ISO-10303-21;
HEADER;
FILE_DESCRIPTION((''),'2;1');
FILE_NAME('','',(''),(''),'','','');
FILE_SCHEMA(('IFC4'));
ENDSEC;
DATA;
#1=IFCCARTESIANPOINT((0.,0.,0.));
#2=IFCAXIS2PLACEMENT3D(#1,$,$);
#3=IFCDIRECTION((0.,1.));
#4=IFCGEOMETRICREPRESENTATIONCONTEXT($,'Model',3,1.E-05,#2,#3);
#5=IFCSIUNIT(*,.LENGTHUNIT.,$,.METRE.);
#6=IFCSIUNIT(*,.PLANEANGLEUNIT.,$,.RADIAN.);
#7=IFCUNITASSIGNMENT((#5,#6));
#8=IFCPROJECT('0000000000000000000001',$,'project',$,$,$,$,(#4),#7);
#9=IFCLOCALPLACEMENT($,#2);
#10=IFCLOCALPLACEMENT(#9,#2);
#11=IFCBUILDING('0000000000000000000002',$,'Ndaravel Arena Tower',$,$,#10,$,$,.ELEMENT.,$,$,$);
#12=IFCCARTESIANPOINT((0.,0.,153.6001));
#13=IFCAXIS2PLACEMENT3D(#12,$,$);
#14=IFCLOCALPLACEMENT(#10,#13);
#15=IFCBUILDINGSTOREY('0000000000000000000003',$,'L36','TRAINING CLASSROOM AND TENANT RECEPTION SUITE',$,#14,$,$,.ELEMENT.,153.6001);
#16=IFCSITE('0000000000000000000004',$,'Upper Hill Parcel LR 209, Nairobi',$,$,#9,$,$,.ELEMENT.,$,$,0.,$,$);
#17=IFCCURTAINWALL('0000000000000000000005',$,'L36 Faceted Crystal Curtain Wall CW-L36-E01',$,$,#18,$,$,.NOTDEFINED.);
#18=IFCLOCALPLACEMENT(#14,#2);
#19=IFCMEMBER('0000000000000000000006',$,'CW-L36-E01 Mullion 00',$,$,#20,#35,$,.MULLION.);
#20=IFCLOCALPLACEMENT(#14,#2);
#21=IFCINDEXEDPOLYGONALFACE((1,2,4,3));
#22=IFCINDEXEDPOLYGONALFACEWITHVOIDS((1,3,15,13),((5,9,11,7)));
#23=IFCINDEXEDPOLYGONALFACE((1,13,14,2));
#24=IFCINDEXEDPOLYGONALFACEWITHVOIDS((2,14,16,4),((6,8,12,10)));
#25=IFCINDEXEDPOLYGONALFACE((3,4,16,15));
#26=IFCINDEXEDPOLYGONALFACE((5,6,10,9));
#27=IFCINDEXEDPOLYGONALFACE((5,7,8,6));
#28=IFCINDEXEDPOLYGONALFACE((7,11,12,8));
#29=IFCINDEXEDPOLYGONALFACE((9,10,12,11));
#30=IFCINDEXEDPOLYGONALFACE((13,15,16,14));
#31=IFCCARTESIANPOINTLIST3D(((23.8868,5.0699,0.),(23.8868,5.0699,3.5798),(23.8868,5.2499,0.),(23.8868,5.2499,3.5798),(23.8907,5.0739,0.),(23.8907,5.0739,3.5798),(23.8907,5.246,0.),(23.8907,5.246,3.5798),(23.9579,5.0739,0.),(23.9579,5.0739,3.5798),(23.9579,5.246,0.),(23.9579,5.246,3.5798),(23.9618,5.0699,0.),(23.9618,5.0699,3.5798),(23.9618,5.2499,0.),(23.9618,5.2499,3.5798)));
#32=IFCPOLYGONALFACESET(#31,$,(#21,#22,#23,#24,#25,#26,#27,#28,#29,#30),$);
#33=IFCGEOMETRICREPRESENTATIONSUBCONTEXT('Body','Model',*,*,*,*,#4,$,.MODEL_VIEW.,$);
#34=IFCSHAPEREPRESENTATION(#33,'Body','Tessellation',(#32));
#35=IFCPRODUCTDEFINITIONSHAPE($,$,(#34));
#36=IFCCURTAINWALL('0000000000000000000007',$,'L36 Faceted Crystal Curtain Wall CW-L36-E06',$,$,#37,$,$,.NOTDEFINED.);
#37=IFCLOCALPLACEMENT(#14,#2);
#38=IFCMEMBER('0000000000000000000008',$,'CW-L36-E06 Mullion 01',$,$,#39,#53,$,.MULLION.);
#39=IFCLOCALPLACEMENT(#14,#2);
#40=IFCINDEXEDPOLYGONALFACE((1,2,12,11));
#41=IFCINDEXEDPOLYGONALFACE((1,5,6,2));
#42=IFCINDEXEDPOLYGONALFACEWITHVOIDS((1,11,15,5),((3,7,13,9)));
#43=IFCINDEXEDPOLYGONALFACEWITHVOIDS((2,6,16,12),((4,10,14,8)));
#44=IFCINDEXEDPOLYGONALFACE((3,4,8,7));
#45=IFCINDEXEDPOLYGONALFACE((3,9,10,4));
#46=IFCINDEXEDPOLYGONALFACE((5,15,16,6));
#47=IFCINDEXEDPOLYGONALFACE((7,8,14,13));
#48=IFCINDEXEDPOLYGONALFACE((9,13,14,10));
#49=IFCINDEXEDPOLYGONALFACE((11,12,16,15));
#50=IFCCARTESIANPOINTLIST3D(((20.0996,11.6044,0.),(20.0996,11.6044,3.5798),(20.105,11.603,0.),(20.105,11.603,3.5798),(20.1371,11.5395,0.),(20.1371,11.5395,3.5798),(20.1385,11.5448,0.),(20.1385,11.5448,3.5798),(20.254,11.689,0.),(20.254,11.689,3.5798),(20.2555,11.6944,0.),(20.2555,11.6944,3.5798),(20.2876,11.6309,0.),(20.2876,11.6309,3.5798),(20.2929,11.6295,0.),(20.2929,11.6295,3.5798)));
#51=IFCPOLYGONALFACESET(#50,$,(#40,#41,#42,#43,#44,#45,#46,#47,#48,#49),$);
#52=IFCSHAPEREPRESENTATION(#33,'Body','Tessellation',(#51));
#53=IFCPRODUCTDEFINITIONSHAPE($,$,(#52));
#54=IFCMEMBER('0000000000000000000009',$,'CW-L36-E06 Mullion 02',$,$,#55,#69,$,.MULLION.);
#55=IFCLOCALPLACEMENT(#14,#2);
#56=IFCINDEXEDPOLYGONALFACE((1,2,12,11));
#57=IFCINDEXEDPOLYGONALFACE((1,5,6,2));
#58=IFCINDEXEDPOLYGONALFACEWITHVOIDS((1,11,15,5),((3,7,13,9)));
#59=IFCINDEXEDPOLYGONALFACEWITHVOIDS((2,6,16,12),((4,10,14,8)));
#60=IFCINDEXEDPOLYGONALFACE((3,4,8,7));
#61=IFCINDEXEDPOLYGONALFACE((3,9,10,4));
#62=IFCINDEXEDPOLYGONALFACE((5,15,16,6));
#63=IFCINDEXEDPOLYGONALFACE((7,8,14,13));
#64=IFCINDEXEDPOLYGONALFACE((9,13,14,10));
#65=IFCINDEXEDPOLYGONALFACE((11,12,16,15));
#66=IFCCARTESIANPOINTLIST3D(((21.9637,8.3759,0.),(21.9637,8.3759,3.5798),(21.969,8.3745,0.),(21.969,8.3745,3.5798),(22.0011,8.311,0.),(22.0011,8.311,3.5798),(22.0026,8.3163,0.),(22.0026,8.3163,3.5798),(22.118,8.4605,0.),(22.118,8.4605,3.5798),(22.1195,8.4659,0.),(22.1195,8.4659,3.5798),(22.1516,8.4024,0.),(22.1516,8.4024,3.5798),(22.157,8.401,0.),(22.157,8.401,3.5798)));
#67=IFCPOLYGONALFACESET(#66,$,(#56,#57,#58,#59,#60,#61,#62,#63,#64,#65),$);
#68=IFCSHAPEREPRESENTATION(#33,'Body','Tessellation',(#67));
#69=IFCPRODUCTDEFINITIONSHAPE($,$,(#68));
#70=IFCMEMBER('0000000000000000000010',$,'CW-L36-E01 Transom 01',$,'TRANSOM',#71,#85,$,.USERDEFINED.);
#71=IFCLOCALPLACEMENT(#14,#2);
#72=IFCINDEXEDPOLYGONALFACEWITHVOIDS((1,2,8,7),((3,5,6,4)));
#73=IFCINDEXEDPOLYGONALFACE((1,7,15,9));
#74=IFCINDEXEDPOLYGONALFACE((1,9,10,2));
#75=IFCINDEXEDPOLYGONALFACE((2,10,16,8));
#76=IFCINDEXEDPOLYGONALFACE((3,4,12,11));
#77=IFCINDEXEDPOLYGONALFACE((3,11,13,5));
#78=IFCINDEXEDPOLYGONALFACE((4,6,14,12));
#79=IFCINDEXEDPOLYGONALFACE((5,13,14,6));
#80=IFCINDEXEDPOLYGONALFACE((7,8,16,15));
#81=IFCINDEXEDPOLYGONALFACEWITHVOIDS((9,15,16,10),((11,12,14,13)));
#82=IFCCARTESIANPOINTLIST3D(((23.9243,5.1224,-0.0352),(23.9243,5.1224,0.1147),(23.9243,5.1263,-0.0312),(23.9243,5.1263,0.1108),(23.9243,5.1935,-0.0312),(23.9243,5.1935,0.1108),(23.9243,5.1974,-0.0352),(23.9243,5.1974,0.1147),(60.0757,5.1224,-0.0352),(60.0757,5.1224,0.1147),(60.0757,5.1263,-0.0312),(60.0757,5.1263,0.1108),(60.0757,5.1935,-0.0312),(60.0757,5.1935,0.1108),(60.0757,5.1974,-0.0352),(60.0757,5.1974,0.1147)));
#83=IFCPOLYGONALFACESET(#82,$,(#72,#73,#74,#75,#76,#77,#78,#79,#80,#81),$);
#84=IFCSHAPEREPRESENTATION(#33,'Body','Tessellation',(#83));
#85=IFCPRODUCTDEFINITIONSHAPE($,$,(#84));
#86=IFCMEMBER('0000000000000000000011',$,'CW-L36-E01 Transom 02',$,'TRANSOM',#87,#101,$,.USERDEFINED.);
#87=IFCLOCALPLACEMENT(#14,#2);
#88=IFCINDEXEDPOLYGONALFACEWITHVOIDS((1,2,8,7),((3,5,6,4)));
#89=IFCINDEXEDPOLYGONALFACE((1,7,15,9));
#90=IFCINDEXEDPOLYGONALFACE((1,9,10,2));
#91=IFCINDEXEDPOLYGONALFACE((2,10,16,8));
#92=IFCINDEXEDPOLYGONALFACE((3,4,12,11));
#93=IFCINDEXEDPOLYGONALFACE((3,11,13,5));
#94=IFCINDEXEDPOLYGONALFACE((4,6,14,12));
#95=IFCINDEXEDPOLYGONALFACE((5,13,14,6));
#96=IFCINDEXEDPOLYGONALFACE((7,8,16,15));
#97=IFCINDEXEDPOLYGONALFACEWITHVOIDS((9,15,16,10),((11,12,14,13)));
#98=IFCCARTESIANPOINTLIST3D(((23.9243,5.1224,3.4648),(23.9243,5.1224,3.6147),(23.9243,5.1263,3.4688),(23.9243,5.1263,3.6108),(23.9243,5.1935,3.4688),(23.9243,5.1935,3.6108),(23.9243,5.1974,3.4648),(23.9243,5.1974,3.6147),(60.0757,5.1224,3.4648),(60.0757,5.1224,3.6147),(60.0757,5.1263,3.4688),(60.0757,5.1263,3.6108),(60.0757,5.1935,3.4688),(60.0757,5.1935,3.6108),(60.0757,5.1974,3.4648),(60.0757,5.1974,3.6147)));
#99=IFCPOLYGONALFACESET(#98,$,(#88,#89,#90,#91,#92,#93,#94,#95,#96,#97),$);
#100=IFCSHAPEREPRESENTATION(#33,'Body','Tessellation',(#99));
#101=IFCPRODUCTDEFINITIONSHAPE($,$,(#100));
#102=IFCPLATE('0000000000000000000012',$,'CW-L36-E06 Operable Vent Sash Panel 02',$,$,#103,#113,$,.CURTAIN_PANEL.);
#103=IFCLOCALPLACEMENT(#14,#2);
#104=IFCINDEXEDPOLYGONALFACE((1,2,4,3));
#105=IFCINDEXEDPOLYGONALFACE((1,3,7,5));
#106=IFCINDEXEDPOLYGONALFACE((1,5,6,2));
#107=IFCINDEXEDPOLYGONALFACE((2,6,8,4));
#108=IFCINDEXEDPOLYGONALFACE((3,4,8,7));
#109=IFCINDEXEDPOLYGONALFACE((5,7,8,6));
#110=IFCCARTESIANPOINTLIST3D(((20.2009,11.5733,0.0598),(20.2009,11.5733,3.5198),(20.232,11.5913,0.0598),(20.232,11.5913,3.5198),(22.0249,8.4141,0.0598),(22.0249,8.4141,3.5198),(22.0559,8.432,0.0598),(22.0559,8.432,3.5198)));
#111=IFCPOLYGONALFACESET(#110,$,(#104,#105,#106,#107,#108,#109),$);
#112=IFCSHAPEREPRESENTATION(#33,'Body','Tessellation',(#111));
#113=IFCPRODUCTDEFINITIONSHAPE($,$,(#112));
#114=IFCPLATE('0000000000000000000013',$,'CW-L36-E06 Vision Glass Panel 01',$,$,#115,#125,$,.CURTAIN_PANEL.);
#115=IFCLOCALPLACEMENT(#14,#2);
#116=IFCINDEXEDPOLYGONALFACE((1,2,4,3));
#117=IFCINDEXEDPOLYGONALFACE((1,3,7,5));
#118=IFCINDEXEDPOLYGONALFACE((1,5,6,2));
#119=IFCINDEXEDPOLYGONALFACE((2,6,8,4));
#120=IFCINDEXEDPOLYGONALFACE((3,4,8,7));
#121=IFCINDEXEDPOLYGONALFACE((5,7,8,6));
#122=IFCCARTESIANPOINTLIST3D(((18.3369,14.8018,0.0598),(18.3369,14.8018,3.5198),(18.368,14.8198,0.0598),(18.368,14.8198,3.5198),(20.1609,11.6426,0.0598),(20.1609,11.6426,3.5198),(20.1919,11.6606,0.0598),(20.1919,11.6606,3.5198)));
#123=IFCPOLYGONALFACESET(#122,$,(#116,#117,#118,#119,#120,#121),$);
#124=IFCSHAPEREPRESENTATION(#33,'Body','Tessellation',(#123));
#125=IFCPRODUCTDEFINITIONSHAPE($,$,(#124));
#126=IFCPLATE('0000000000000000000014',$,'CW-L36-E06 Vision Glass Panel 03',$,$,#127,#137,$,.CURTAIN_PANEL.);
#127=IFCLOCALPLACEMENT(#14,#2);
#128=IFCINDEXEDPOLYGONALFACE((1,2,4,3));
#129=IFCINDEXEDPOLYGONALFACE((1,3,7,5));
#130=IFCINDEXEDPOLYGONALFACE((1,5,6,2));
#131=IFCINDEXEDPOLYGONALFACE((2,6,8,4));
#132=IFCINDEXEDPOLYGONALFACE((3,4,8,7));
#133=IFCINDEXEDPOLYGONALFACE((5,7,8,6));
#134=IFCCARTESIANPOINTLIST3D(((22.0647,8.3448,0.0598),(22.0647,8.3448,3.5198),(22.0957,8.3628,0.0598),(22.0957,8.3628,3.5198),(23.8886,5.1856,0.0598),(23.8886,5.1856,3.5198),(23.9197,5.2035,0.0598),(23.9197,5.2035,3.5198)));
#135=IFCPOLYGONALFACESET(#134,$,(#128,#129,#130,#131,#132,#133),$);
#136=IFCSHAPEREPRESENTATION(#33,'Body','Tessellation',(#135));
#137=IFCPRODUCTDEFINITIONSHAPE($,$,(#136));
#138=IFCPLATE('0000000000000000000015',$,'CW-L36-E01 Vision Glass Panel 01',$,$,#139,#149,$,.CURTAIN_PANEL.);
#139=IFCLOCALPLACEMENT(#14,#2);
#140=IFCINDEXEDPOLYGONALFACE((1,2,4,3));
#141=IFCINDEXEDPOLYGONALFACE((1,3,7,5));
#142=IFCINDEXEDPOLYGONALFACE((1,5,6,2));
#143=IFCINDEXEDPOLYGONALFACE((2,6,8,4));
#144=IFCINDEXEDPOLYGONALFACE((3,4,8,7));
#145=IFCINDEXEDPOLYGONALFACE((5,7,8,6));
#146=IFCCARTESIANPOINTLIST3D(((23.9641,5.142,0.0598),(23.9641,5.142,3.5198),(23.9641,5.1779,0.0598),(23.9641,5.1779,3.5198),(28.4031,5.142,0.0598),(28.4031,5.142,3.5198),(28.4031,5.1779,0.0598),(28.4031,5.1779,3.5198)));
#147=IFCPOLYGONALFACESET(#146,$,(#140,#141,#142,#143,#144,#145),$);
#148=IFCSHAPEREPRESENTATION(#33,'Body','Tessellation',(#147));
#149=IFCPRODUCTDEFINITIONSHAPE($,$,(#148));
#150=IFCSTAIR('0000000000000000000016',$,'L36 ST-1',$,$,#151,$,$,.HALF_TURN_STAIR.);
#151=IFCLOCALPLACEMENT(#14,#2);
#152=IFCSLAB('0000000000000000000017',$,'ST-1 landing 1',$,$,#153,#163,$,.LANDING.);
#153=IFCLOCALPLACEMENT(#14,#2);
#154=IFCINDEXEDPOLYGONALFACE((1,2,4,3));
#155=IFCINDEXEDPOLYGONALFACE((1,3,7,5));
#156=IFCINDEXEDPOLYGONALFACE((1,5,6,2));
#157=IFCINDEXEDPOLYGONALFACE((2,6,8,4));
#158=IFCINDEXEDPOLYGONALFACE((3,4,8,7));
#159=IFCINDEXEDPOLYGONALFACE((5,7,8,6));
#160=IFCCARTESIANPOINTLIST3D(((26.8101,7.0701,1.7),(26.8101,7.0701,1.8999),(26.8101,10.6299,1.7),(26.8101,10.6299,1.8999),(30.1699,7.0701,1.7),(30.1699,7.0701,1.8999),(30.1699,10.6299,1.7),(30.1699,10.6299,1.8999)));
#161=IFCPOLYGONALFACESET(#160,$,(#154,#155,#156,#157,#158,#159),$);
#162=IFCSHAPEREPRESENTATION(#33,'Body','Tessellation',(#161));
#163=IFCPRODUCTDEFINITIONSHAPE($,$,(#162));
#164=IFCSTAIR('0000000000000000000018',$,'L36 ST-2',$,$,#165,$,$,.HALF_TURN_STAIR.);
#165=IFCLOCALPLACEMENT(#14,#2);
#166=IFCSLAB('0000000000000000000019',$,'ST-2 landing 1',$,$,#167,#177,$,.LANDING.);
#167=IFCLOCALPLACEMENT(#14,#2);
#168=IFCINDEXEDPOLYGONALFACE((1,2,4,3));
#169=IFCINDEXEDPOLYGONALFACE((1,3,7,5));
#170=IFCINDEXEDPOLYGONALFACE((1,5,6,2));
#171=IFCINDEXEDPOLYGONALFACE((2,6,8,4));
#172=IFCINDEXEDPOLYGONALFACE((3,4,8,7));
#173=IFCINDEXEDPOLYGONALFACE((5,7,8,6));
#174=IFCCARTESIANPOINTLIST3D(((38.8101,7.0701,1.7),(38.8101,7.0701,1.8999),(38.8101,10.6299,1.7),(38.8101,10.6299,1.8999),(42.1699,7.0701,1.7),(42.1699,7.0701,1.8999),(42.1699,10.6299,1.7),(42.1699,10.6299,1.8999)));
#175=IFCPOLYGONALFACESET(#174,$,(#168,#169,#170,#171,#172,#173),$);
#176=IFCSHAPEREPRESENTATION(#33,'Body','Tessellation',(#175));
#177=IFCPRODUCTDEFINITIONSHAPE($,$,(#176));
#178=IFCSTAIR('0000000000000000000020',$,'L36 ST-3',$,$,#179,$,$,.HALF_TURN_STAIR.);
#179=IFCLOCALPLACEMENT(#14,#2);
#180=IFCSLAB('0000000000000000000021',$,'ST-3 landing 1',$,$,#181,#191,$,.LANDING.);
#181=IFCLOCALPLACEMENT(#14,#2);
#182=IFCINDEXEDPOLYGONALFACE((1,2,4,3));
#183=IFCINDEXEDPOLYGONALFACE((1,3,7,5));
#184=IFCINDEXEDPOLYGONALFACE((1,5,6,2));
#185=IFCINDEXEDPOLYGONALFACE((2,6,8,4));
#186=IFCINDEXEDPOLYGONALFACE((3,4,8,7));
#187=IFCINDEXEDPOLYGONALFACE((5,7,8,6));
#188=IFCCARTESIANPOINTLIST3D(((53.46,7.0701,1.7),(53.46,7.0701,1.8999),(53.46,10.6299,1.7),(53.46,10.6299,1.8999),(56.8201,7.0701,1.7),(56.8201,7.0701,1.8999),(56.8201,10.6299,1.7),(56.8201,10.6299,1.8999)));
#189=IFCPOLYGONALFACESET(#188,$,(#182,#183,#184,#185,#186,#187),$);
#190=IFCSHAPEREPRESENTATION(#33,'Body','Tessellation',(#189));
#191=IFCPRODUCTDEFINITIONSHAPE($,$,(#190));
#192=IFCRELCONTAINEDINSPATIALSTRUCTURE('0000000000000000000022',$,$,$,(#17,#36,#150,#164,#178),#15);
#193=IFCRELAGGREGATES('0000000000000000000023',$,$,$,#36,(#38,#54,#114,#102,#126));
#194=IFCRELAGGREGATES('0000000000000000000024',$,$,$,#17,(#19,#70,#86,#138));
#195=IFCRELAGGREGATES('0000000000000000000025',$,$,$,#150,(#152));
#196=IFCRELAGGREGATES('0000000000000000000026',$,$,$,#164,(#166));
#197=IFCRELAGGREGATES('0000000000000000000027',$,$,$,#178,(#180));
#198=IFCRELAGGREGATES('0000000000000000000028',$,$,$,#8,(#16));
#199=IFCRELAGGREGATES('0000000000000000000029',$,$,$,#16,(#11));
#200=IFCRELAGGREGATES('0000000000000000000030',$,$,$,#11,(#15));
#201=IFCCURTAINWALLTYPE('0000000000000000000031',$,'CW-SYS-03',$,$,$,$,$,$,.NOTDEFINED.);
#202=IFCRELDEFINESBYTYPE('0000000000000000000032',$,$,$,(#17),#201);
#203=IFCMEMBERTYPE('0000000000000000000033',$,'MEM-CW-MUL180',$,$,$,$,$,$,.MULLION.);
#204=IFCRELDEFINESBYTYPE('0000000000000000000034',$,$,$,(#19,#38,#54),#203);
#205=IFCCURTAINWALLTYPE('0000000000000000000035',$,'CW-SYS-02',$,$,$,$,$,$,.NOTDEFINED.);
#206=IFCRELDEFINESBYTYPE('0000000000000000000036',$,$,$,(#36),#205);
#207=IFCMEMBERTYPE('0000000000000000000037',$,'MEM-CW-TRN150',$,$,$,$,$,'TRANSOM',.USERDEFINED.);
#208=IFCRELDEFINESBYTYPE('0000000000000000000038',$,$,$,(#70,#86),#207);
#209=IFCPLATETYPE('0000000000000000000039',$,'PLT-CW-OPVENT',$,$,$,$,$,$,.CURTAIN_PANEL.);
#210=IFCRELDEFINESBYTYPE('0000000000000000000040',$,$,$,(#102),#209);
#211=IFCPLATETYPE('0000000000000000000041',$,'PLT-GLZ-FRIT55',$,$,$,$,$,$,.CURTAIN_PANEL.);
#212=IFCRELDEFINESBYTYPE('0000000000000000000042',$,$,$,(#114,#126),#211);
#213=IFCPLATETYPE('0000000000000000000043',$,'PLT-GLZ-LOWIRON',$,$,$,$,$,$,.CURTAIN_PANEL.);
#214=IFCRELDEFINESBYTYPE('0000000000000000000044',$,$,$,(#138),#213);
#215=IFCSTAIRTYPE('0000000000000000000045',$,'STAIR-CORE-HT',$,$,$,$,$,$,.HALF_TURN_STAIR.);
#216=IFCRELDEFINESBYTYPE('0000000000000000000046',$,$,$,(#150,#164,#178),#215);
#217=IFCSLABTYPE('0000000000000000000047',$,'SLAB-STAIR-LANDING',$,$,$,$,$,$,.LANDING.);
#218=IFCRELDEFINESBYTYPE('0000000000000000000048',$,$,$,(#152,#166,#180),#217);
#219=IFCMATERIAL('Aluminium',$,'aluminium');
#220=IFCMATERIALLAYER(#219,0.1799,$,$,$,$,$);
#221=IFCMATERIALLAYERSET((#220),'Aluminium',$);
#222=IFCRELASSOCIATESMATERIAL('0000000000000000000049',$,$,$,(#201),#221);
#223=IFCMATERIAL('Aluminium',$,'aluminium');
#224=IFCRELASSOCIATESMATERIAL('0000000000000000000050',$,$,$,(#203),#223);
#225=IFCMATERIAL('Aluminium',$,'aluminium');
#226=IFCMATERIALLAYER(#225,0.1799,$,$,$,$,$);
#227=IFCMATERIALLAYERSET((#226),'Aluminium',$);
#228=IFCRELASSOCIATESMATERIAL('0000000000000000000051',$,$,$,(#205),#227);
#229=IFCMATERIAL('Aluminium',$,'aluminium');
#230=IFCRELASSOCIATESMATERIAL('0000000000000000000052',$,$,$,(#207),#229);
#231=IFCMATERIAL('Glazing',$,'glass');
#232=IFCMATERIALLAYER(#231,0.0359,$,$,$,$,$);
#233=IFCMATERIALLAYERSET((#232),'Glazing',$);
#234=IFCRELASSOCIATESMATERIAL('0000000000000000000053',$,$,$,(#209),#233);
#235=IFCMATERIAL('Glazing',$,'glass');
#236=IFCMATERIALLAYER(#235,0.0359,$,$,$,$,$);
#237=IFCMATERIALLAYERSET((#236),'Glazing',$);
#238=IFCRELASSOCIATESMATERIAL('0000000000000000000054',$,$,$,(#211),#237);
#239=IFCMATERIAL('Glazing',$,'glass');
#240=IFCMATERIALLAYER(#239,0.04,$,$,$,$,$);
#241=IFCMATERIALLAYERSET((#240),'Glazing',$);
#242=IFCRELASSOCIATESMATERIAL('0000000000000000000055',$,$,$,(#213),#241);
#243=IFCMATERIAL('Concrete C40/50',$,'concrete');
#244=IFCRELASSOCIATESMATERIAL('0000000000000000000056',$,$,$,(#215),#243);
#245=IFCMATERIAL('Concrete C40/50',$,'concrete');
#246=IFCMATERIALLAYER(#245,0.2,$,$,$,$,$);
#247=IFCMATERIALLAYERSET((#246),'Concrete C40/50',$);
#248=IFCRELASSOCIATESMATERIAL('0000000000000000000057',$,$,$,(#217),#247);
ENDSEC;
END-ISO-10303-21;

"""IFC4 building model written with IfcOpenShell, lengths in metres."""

from ifc_helpers import new_model, si_unit, direction, frame, origin, origin_2d, place, context, subcontext, project, spatial, polyline, rectangle, hollow_rectangle, outline, extrude, material, layer, layer_set, material_profile, profile_set, type_object, element, aggregate, save


model = new_model("IFC4")

# Units and contexts
model_context = context("Model", 3, precision=1e-05, world=origin(), true_north=direction((0.0, 1.0)))
body_context = subcontext(model_context, "Body", "Model", "MODEL_VIEW")
ifc_project = project(units=[si_unit("LENGTHUNIT", "METRE"), si_unit("PLANEANGLEUNIT", "RADIAN")], contexts=[model_context])

# Site, building, storey
site_placement = place(None, origin())
site = spatial("IfcSite", under=ifc_project, at=site_placement, Name="Upper Hill Parcel LR 209, Nairobi", CompositionType="ELEMENT", RefElevation=0.0)
building_placement = place(site_placement, origin())
building = spatial("IfcBuilding", under=site, at=building_placement, Name="Ndaravel Arena Tower", CompositionType="ELEMENT")
storey_placement = place(building_placement, frame((0.0, 0.0, 153.6001)))
storey = spatial("IfcBuildingStorey", under=building, at=storey_placement, Name="L36", Description="TRAINING CLASSROOM AND TENANT RECEPTION SUITE", CompositionType="ELEMENT", Elevation=153.6001)

# Curtain wall, member
ifc_material_1 = material(Name="Aluminium", Category="aluminium")
ifc_layer_1 = layer(ifc_material_1, 0.1799)
ifc_layer_set_1 = layer_set([ifc_layer_1], Name="Aluminium")
curtain_wall_type_1 = type_object("IfcCurtainWallType", Name="CW-SYS-03", PredefinedType="NOTDEFINED", material=ifc_layer_set_1)
curtain_wall_1_placement = place(storey_placement, origin())
curtain_wall_1 = element("IfcCurtainWall", 1, at=curtain_wall_1_placement, inside=storey, type_object=curtain_wall_type_1, Name="L36 Faceted Crystal Curtain Wall CW-L36-E01", PredefinedType="NOTDEFINED")
ifc_material_2 = material(Name="Aluminium", Category="aluminium")
ifc_material_profile_1 = material_profile(ifc_material_2, hollow_rectangle(XDim=0.075, YDim=0.1799, WallThickness=0.0039, at=origin_2d()), Name="CW MULLION 75x180x4")
ifc_profile_set_1 = profile_set([ifc_material_profile_1], Name="Aluminium")
member_type_1 = type_object("IfcMemberType", Name="MEM-CW-MUL180", PredefinedType="MULLION", material=ifc_profile_set_1)
member_1_placement = place(storey_placement, frame((23.9243, 5.1599, 0.0), z_axis=(0.0, 0.0, 1.0), x_axis=(1.0, 0.0, 0.0)))
member_1 = element("IfcMember", 2, at=member_1_placement, type_object=member_type_1, Name="CW-L36-E01 Mullion 00", PredefinedType="MULLION", context=body_context, shape_type="SweptSolid", body=[
    extrude(hollow_rectangle(XDim=0.075, YDim=0.1799, WallThickness=0.0039, at=origin_2d()), origin(), (0.0, 0.0, 1.0), 3.5798),
])

# Curtain wall, members
ifc_material_3 = material(Name="Aluminium", Category="aluminium")
ifc_layer_2 = layer(ifc_material_3, 0.1799)
ifc_layer_set_2 = layer_set([ifc_layer_2], Name="Aluminium")
curtain_wall_type_2 = type_object("IfcCurtainWallType", Name="CW-SYS-02", PredefinedType="NOTDEFINED", material=ifc_layer_set_2)
curtain_wall_2_placement = place(storey_placement, origin())
curtain_wall_2 = element("IfcCurtainWall", 3, at=curtain_wall_2_placement, inside=storey, type_object=curtain_wall_type_2, Name="L36 Faceted Crystal Curtain Wall CW-L36-E06", PredefinedType="NOTDEFINED")
member_2_placement = place(storey_placement, frame((20.1963, 11.6169, 0.0), z_axis=(0.0, 0.0, 1.0), x_axis=(0.5, -0.866025, 0.0)))
member_2 = element("IfcMember", 4, at=member_2_placement, type_object=member_type_1, Name="CW-L36-E06 Mullion 01", PredefinedType="MULLION", context=body_context, shape_type="SweptSolid", body=[
    extrude(hollow_rectangle(XDim=0.075, YDim=0.1799, WallThickness=0.0039, at=origin_2d()), origin(), (0.0, 0.0, 1.0), 3.5798),
])
member_3_placement = place(storey_placement, frame((22.0603, 8.3884, 0.0), z_axis=(0.0, 0.0, 1.0), x_axis=(0.5, -0.866025, 0.0)))
member_3 = element("IfcMember", 5, at=member_3_placement, type_object=member_type_1, Name="CW-L36-E06 Mullion 02", PredefinedType="MULLION", context=body_context, shape_type="SweptSolid", body=[
    extrude(hollow_rectangle(XDim=0.075, YDim=0.1799, WallThickness=0.0039, at=origin_2d()), origin(), (0.0, 0.0, 1.0), 3.5798),
])

# Members
ifc_material_4 = material(Name="Aluminium", Category="aluminium")
ifc_material_profile_2 = material_profile(ifc_material_4, hollow_rectangle(XDim=0.075, YDim=0.1499, WallThickness=0.0039, at=origin_2d()), Name="CW TRANSOM 75x150x4")
ifc_profile_set_2 = profile_set([ifc_material_profile_2], Name="Aluminium")
member_type_2 = type_object("IfcMemberType", Name="MEM-CW-TRN150", ElementType="TRANSOM", PredefinedType="USERDEFINED", material=ifc_profile_set_2)
member_4_placement = place(storey_placement, frame((23.9243, 5.1599, 0.0398), z_axis=(1.0, 0.0, 0.0), x_axis=(0.0, 1.0, 0.0)))
member_4 = element("IfcMember", 6, at=member_4_placement, type_object=member_type_2, Name="CW-L36-E01 Transom 01", ObjectType="TRANSOM", PredefinedType="USERDEFINED", context=body_context, shape_type="SweptSolid", body=[
    extrude(hollow_rectangle(XDim=0.075, YDim=0.1499, WallThickness=0.0039, at=origin_2d()), origin(), (0.0, 0.0, 1.0), 36.1514),
])
member_5_placement = place(storey_placement, frame((23.9243, 5.1599, 3.5398), z_axis=(1.0, 0.0, 0.0), x_axis=(0.0, 1.0, 0.0)))
member_5 = element("IfcMember", 7, at=member_5_placement, type_object=member_type_2, Name="CW-L36-E01 Transom 02", ObjectType="TRANSOM", PredefinedType="USERDEFINED", context=body_context, shape_type="SweptSolid", body=[
    extrude(hollow_rectangle(XDim=0.075, YDim=0.1499, WallThickness=0.0039, at=origin_2d()), origin(), (0.0, 0.0, 1.0), 36.1514),
])

# Plates
ifc_material_5 = material(Name="Glazing", Category="glass")
ifc_layer_3 = layer(ifc_material_5, 0.0359)
ifc_layer_set_3 = layer_set([ifc_layer_3], Name="Glazing")
plate_type_1 = type_object("IfcPlateType", Name="PLT-CW-OPVENT", PredefinedType="CURTAIN_PANEL", material=ifc_layer_set_3)
plate_1_placement = place(storey_placement, frame((21.1284, 10.0027, 0.0598), z_axis=(0.0, 0.0, 1.0), x_axis=(0.5, -0.866025, 0.0)))
plate_1 = element("IfcPlate", 8, at=plate_1_placement, type_object=plate_type_1, Name="CW-L36-E06 Operable Vent Sash Panel 02", PredefinedType="CURTAIN_PANEL", context=body_context, shape_type="SweptSolid", body=[
    extrude(rectangle(XDim=3.6479, YDim=0.0359, at=origin_2d()), origin(), (0.0, 0.0, 1.0), 3.46),
])
ifc_material_6 = material(Name="Glazing", Category="glass")
ifc_layer_4 = layer(ifc_material_6, 0.0359)
ifc_layer_set_4 = layer_set([ifc_layer_4], Name="Glazing")
plate_type_2 = type_object("IfcPlateType", Name="PLT-GLZ-FRIT55", PredefinedType="CURTAIN_PANEL", material=ifc_layer_set_4)
plate_2_placement = place(storey_placement, frame((19.2644, 13.2312, 0.0598), z_axis=(0.0, 0.0, 1.0), x_axis=(0.5, -0.866025, 0.0)))
plate_2 = element("IfcPlate", 9, at=plate_2_placement, type_object=plate_type_2, Name="CW-L36-E06 Vision Glass Panel 01", PredefinedType="CURTAIN_PANEL", context=body_context, shape_type="SweptSolid", body=[
    extrude(rectangle(XDim=3.6479, YDim=0.0359, at=origin_2d()), origin(), (0.0, 0.0, 1.0), 3.46),
])
plate_3_placement = place(storey_placement, frame((22.9922, 6.7742, 0.0598), z_axis=(0.0, 0.0, 1.0), x_axis=(0.5, -0.866025, 0.0)))
plate_3 = element("IfcPlate", 10, at=plate_3_placement, type_object=plate_type_2, Name="CW-L36-E06 Vision Glass Panel 03", PredefinedType="CURTAIN_PANEL", context=body_context, shape_type="SweptSolid", body=[
    extrude(rectangle(XDim=3.6479, YDim=0.0359, at=origin_2d()), origin(), (0.0, 0.0, 1.0), 3.46),
])
aggregate(curtain_wall_2, [member_2, member_3, plate_2, plate_1, plate_3])
ifc_material_7 = material(Name="Glazing", Category="glass")
ifc_layer_5 = layer(ifc_material_7, 0.04)
ifc_layer_set_5 = layer_set([ifc_layer_5], Name="Glazing")
plate_type_3 = type_object("IfcPlateType", Name="PLT-GLZ-LOWIRON", PredefinedType="CURTAIN_PANEL", material=ifc_layer_set_5)
plate_4_placement = place(storey_placement, frame((26.1836, 5.1599, 0.0598), z_axis=(0.0, 0.0, 1.0), x_axis=(1.0, 0.0, 0.0)))
plate_4 = element("IfcPlate", 11, at=plate_4_placement, type_object=plate_type_3, Name="CW-L36-E01 Vision Glass Panel 01", PredefinedType="CURTAIN_PANEL", context=body_context, shape_type="SweptSolid", body=[
    extrude(rectangle(XDim=4.439, YDim=0.0359, at=origin_2d()), origin(), (0.0, 0.0, 1.0), 3.46),
])
aggregate(curtain_wall_1, [member_1, member_4, member_5, plate_4])

# Stairs, slabs
ifc_material_8 = material(Name="Concrete C40/50", Category="concrete")
stair_type = type_object("IfcStairType", Name="STAIR-CORE-HT", PredefinedType="HALF_TURN_STAIR", material=ifc_material_8)
stair_1_placement = place(storey_placement, origin())
stair_1 = element("IfcStair", 12, at=stair_1_placement, inside=storey, type_object=stair_type, Name="L36 ST-1", PredefinedType="HALF_TURN_STAIR")
ifc_material_9 = material(Name="Concrete C40/50", Category="concrete")
ifc_layer_6 = layer(ifc_material_9, 0.2)
ifc_layer_set_6 = layer_set([ifc_layer_6], Name="Concrete C40/50")
slab_type_1 = type_object("IfcSlabType", Name="SLAB-STAIR-LANDING", PredefinedType="LANDING", material=ifc_layer_set_6)
slab_1_placement = place(storey_placement, frame((0.0, 0.0, 1.7)))
slab_1 = element("IfcSlab", 13, at=slab_1_placement, type_object=slab_type_1, Name="ST-1 landing 1", PredefinedType="LANDING", context=body_context, shape_type="SweptSolid", body=[
    extrude(outline(polyline([(26.8101, 10.6299), (26.8101, 7.0701), (30.1699, 7.0701), (30.1699, 10.6299), (26.8101, 10.6299)])), origin(), (0.0, 0.0, 1.0), 0.2),
])
aggregate(stair_1, [slab_1])
stair_2_placement = place(storey_placement, origin())
stair_2 = element("IfcStair", 14, at=stair_2_placement, inside=storey, type_object=stair_type, Name="L36 ST-2", PredefinedType="HALF_TURN_STAIR")
slab_2_placement = place(storey_placement, frame((0.0, 0.0, 1.7)))
slab_2 = element("IfcSlab", 15, at=slab_2_placement, type_object=slab_type_1, Name="ST-2 landing 1", PredefinedType="LANDING", context=body_context, shape_type="SweptSolid", body=[
    extrude(outline(polyline([(38.8101, 10.6299), (38.8101, 7.0701), (42.1699, 7.0701), (42.1699, 10.6299), (38.8101, 10.6299)])), origin(), (0.0, 0.0, 1.0), 0.2),
])
aggregate(stair_2, [slab_2])
stair_3_placement = place(storey_placement, origin())
stair_3 = element("IfcStair", 16, at=stair_3_placement, inside=storey, type_object=stair_type, Name="L36 ST-3", PredefinedType="HALF_TURN_STAIR")
slab_3_placement = place(storey_placement, frame((0.0, 0.0, 1.7)))
slab_3 = element("IfcSlab", 17, at=slab_3_placement, type_object=slab_type_1, Name="ST-3 landing 1", PredefinedType="LANDING", context=body_context, shape_type="SweptSolid", body=[
    extrude(outline(polyline([(53.46, 10.6299), (53.46, 7.0701), (56.8201, 7.0701), (56.8201, 10.6299), (53.46, 10.6299)])), origin(), (0.0, 0.0, 1.0), 0.2),
])
aggregate(stair_3, [slab_3])

save(model, "model.ifc")
